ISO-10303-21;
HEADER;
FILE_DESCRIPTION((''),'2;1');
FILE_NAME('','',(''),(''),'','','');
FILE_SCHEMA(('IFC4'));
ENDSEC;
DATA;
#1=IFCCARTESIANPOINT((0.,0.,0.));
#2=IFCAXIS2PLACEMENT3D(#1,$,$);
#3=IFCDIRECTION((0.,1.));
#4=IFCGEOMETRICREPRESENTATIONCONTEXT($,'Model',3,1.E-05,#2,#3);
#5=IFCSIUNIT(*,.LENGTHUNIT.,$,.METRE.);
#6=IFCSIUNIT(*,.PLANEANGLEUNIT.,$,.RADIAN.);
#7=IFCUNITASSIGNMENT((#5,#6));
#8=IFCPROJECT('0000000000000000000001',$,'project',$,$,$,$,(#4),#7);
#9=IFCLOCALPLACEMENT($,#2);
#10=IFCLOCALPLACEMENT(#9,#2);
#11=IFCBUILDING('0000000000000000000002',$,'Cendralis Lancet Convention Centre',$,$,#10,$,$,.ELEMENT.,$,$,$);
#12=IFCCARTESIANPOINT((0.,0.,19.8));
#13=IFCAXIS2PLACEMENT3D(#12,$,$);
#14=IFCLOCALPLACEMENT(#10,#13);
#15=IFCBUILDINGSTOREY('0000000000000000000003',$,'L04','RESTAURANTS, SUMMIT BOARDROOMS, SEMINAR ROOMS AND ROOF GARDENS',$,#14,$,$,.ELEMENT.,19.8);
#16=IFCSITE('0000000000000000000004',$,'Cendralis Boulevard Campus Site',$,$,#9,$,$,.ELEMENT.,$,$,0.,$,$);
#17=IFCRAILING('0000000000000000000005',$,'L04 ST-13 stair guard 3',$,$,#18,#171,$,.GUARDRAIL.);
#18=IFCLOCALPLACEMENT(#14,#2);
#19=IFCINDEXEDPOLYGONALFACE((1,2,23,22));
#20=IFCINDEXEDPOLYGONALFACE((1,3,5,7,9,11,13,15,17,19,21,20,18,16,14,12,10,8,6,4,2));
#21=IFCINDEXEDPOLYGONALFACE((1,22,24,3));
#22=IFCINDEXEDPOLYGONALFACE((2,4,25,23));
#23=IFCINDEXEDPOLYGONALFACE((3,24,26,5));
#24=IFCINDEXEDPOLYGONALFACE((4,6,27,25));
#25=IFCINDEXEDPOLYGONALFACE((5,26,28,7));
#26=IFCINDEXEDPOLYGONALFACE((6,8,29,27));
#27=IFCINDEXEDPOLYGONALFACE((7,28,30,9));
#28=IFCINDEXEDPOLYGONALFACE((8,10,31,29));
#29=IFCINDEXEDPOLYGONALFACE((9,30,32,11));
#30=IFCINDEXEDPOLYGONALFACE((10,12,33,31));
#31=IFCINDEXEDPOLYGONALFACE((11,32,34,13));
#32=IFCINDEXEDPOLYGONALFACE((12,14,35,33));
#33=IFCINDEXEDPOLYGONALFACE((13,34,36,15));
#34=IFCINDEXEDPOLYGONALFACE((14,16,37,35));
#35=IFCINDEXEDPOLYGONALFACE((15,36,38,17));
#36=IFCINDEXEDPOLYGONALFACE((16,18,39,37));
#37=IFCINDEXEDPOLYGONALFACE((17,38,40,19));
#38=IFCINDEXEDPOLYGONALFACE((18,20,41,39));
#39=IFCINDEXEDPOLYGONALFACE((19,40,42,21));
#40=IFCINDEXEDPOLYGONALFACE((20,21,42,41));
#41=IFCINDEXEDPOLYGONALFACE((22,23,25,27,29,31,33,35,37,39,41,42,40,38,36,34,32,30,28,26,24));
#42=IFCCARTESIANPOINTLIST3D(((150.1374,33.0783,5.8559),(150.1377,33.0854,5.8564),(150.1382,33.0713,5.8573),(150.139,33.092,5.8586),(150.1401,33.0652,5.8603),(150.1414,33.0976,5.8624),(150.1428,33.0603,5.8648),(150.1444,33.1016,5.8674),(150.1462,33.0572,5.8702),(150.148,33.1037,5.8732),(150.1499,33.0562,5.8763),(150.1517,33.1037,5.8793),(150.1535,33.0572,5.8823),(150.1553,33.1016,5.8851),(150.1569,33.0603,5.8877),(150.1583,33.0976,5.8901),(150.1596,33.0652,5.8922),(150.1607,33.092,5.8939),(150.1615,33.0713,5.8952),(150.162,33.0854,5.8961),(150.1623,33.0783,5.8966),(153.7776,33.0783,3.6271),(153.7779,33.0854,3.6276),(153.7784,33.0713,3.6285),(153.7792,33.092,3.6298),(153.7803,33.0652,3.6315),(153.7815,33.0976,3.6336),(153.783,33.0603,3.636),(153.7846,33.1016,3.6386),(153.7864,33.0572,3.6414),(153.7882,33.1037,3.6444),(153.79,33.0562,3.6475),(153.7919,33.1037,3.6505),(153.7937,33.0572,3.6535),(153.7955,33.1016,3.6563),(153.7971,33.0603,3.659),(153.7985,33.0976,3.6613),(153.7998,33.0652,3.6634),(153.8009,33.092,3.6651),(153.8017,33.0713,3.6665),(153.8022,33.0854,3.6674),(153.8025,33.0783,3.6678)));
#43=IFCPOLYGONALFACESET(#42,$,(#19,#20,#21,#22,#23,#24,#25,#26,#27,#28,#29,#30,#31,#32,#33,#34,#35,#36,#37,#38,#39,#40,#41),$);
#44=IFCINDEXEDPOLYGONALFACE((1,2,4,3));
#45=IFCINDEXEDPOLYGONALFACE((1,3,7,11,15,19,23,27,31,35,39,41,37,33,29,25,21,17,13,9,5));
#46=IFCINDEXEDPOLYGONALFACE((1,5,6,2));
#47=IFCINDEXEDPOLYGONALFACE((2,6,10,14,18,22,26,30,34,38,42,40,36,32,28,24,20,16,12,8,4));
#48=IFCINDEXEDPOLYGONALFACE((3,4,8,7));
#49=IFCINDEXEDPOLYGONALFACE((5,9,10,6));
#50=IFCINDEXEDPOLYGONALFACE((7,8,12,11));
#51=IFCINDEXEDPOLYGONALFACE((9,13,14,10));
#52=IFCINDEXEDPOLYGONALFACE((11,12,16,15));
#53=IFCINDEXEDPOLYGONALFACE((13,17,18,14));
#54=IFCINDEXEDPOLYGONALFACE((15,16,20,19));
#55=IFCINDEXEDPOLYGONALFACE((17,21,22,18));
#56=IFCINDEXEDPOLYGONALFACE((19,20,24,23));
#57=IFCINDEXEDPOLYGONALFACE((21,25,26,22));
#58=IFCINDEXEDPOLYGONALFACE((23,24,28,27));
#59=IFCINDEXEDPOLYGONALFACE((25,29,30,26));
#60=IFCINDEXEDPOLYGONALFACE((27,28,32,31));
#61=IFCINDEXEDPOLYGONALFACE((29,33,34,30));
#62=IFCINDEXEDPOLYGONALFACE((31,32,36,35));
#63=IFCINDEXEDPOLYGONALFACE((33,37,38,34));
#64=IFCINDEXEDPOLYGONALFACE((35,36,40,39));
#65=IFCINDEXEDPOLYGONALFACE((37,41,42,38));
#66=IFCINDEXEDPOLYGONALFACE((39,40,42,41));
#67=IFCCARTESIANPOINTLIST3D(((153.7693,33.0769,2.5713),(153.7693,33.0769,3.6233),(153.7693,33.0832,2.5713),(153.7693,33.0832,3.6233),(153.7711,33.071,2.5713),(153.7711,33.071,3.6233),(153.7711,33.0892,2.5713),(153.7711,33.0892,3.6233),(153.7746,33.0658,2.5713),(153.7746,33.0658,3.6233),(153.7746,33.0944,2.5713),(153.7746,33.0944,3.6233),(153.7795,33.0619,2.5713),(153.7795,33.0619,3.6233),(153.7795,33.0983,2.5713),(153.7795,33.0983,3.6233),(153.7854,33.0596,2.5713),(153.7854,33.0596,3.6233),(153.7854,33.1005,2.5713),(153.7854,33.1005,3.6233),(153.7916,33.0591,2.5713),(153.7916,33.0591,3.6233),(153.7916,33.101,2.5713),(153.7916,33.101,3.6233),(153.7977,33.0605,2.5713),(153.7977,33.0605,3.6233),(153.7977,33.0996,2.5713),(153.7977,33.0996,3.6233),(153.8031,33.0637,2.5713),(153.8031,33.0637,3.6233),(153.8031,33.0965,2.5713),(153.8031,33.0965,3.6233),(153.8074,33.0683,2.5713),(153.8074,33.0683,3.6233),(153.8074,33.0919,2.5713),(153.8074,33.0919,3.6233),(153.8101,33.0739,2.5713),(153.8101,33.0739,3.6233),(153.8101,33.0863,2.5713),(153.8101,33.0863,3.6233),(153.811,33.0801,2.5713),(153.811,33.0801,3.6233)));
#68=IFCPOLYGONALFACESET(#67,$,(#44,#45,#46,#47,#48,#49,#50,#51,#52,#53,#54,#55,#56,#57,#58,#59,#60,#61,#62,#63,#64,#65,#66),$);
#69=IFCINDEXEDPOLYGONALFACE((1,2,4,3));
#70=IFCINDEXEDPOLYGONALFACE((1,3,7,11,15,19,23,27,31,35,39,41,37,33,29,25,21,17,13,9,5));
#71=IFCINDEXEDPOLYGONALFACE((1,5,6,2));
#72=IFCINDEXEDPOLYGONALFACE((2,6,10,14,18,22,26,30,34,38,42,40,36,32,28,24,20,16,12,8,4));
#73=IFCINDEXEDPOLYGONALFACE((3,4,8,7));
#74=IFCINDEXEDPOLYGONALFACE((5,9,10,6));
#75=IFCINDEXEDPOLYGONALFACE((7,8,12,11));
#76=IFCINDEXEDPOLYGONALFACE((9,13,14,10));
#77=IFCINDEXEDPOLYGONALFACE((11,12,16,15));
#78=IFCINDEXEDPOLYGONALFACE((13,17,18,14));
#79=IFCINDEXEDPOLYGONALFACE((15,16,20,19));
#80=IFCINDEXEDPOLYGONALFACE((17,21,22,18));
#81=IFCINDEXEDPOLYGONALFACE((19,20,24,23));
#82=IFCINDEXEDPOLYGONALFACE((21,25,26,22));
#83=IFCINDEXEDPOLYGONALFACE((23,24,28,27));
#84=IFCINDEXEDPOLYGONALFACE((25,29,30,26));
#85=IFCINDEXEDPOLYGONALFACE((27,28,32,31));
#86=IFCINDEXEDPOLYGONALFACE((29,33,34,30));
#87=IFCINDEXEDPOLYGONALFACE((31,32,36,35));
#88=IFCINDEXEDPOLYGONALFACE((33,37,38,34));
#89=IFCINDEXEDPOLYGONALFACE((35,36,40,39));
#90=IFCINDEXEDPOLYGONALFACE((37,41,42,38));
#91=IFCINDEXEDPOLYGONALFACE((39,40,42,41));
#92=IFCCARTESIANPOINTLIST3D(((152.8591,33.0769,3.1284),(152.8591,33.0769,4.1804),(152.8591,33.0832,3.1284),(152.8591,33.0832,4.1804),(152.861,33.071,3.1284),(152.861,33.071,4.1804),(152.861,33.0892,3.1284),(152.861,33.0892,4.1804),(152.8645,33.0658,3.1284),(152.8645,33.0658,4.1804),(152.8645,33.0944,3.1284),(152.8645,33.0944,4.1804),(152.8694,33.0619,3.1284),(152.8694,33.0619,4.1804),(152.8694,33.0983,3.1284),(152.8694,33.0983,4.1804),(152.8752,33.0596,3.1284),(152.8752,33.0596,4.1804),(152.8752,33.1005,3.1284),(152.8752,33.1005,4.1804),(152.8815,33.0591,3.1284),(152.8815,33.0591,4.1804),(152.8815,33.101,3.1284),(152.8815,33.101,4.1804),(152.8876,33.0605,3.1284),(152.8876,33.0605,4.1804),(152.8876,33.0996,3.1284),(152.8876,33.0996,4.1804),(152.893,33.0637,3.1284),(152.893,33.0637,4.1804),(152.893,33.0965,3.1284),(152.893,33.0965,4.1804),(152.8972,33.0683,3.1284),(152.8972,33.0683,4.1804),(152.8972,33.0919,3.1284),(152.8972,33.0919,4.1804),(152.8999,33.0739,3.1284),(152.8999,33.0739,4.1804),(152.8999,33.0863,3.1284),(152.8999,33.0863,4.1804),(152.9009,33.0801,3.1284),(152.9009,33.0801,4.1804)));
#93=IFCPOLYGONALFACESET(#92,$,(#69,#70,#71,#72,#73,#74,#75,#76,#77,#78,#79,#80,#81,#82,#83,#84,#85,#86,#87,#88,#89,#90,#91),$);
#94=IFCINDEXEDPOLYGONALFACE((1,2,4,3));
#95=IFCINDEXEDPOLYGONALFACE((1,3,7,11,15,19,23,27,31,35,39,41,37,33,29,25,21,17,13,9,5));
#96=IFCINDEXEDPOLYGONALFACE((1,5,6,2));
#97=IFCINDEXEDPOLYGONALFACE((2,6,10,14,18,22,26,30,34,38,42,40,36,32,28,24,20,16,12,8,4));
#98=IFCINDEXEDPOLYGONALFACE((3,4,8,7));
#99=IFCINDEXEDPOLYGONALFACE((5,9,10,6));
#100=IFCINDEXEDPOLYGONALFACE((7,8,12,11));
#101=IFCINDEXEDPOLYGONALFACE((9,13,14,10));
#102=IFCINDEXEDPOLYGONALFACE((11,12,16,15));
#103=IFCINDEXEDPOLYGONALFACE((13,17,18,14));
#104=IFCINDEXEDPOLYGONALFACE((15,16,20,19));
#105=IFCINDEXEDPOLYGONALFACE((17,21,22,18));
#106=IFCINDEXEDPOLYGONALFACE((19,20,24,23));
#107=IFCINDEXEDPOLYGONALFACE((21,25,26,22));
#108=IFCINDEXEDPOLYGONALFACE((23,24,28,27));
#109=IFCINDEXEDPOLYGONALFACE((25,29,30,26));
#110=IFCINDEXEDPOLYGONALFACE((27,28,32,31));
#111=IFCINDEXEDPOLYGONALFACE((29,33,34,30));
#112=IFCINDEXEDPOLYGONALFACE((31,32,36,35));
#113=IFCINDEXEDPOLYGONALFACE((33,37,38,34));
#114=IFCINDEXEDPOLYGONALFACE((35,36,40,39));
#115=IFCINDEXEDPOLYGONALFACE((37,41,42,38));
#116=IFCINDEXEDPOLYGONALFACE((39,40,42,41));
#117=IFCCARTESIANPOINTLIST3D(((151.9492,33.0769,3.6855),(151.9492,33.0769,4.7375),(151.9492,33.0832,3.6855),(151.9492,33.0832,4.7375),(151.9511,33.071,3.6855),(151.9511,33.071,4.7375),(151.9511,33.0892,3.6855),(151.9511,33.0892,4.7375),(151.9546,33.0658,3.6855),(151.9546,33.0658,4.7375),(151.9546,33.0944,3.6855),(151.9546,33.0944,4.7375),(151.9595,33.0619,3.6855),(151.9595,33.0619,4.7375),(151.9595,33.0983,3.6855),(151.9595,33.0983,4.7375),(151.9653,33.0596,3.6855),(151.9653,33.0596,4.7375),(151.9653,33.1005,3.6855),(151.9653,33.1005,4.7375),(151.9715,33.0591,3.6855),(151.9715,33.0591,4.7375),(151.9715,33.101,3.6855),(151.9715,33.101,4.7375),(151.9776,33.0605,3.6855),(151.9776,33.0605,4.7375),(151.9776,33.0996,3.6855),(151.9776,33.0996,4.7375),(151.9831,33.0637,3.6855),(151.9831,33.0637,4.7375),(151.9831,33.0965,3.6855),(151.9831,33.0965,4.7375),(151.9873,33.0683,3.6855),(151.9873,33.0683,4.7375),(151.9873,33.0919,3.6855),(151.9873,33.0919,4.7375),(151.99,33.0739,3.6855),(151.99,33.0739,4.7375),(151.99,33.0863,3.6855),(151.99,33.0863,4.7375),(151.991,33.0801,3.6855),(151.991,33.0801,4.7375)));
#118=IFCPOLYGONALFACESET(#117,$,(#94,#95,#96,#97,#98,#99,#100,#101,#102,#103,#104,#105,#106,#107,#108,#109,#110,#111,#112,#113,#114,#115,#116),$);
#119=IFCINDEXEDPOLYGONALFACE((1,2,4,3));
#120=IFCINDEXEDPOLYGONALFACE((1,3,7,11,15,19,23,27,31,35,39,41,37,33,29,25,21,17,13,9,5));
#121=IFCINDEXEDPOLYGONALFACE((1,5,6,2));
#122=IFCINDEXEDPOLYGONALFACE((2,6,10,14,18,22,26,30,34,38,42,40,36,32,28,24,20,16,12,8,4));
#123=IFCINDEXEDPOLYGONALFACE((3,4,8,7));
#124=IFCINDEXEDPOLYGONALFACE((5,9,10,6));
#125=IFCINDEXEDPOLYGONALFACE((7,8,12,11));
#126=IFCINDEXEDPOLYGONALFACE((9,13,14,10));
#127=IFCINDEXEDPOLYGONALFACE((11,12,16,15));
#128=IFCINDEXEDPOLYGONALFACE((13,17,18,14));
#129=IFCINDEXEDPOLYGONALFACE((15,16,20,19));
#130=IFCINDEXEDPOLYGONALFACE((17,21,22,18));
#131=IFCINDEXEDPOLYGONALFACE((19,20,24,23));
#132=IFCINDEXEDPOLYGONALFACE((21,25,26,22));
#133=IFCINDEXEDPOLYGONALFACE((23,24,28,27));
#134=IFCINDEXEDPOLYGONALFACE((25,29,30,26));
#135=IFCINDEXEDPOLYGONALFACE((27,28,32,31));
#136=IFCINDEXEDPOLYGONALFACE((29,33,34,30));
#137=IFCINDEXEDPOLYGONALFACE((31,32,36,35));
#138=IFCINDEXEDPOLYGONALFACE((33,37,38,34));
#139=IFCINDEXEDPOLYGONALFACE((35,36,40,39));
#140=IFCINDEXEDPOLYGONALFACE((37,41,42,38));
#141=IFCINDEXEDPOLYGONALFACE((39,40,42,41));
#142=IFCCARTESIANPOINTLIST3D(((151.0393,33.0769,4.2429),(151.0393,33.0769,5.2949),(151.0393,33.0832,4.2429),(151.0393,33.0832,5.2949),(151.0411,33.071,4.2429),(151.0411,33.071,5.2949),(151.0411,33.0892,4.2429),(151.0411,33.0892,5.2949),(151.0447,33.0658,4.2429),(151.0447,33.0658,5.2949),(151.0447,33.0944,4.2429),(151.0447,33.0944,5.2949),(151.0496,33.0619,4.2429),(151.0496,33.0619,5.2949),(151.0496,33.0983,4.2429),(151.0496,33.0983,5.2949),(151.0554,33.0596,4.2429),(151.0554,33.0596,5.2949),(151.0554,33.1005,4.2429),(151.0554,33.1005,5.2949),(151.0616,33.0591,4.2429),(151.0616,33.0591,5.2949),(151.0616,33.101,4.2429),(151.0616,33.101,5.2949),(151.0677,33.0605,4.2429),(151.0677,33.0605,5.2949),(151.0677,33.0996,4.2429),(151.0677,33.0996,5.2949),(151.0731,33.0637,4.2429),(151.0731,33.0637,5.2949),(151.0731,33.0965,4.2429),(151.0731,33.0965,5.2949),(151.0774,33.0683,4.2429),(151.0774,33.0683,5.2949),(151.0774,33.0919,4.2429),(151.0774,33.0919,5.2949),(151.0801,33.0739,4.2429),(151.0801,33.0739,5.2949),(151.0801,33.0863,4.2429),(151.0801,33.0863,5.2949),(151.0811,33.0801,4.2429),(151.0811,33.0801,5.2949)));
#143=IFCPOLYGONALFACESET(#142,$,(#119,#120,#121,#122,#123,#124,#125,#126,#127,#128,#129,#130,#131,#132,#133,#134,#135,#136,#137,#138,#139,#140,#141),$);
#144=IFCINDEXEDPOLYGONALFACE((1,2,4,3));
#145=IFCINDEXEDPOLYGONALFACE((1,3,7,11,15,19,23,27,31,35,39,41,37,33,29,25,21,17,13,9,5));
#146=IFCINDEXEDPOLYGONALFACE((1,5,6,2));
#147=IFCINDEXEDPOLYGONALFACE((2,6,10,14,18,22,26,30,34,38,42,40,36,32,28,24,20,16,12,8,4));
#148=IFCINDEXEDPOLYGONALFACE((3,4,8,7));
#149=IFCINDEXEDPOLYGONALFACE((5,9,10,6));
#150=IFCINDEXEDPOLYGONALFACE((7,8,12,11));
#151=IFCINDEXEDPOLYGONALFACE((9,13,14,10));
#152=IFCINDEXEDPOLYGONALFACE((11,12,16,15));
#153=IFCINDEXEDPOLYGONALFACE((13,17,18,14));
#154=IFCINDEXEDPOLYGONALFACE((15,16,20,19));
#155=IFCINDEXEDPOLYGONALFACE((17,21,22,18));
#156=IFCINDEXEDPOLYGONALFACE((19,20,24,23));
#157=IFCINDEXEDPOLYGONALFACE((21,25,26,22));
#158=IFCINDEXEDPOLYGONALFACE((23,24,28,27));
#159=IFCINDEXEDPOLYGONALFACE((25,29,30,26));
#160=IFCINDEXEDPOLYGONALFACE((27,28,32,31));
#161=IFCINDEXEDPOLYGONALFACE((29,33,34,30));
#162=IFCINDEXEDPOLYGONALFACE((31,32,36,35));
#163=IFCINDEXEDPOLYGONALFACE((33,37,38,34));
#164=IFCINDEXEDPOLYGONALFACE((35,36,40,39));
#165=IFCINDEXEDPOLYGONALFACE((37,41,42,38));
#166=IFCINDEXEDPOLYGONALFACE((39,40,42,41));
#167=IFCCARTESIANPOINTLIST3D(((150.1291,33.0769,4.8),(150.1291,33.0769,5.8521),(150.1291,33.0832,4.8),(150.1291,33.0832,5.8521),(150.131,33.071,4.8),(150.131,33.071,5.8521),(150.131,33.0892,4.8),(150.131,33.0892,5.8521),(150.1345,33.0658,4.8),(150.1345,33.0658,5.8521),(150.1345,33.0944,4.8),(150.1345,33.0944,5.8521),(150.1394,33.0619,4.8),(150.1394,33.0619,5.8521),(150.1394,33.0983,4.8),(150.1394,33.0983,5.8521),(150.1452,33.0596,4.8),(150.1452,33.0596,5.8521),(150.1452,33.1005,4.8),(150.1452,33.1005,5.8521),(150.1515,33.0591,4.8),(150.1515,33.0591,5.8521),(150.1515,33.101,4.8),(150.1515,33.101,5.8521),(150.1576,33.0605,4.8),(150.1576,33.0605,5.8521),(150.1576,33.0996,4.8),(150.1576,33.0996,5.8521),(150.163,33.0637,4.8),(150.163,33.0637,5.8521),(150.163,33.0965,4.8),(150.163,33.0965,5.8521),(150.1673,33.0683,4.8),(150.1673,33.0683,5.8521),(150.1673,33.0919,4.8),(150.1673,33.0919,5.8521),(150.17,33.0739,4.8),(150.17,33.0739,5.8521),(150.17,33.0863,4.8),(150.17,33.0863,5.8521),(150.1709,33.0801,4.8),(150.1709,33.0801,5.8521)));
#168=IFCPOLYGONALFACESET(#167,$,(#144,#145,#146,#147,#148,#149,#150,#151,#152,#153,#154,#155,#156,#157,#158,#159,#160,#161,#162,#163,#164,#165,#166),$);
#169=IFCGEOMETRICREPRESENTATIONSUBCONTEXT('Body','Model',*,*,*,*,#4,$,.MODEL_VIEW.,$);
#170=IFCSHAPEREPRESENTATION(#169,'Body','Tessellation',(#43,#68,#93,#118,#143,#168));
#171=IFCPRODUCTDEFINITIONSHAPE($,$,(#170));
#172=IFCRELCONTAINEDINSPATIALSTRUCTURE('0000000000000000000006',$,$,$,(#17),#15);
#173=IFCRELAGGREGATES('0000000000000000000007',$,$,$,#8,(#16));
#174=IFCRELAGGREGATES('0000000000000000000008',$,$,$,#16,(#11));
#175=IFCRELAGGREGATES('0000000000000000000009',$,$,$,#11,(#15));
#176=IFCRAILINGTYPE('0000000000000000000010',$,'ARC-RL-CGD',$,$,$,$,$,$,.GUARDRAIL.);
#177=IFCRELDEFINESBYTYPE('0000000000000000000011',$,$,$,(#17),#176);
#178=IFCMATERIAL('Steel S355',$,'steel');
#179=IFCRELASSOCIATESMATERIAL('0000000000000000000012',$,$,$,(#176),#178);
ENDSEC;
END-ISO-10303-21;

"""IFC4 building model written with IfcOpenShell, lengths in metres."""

from ifc_helpers import new_model, si_unit, direction, frame, origin, origin_2d, place, context, subcontext, project, spatial, circle, extrude, material, type_object, element, save


model = new_model("IFC4")

# Units and contexts
model_context = context("Model", 3, precision=1e-05, world=origin(), true_north=direction((0.0, 1.0)))
body_context = subcontext(model_context, "Body", "Model", "MODEL_VIEW")
ifc_project = project(units=[si_unit("LENGTHUNIT", "METRE"), si_unit("PLANEANGLEUNIT", "RADIAN")], contexts=[model_context])

# Site, building, storey
site_placement = place(None, origin())
site = spatial("IfcSite", under=ifc_project, at=site_placement, Name="Cendralis Boulevard Campus Site", CompositionType="ELEMENT", RefElevation=0.0)
building_placement = place(site_placement, origin())
building = spatial("IfcBuilding", under=site, at=building_placement, Name="Cendralis Lancet Convention Centre", CompositionType="ELEMENT")
storey_placement = place(building_placement, frame((0.0, 0.0, 19.8)))
storey = spatial("IfcBuildingStorey", under=building, at=storey_placement, Name="L04", Description="RESTAURANTS, SUMMIT BOARDROOMS, SEMINAR ROOMS AND ROOF GARDENS", CompositionType="ELEMENT", Elevation=19.8)

# Shared definitions
ifc_material_1 = material(Name="Steel S355", Category="steel")

# Railing
railing_type_1 = type_object("IfcRailingType", Name="ARC-RL-CGD", PredefinedType="GUARDRAIL", material=ifc_material_1)
railing_1_placement = place(storey_placement, frame((153.79, 33.0801, 2.5713)))
element("IfcRailing", 1, at=railing_1_placement, inside=storey, type_object=railing_type_1, Name="L04 ST-13 stair guard 3", PredefinedType="GUARDRAIL", context=body_context, shape_type="SweptSolid", body=[
    extrude(circle(Radius=0.0239, at=origin_2d()), frame((0.0, 0.0, 1.0762), z_axis=(-0.85284, 0.0, 0.522172), x_axis=(0.0, -1.0, 0.0)), (0.0, 0.0, 1.0), 4.2683),
    extrude(circle(Radius=0.021, at=origin_2d()), origin(), (0.0, 0.0, 1.0), 1.052),
    extrude(circle(Radius=0.021, at=origin_2d()), frame((-0.9102, 0.0, 0.5571)), (0.0, 0.0, 1.0), 1.052),
    extrude(circle(Radius=0.021, at=origin_2d()), frame((-1.8201, 0.0, 1.1143)), (0.0, 0.0, 1.0), 1.052),
    extrude(circle(Radius=0.021, at=origin_2d()), frame((-2.73, 0.0, 1.6716)), (0.0, 0.0, 1.0), 1.052),
    extrude(circle(Radius=0.021, at=origin_2d()), frame((-3.6401, 0.0, 2.2288)), (0.0, 0.0, 1.0), 1.052),
])

save(model, "model.ifc")
